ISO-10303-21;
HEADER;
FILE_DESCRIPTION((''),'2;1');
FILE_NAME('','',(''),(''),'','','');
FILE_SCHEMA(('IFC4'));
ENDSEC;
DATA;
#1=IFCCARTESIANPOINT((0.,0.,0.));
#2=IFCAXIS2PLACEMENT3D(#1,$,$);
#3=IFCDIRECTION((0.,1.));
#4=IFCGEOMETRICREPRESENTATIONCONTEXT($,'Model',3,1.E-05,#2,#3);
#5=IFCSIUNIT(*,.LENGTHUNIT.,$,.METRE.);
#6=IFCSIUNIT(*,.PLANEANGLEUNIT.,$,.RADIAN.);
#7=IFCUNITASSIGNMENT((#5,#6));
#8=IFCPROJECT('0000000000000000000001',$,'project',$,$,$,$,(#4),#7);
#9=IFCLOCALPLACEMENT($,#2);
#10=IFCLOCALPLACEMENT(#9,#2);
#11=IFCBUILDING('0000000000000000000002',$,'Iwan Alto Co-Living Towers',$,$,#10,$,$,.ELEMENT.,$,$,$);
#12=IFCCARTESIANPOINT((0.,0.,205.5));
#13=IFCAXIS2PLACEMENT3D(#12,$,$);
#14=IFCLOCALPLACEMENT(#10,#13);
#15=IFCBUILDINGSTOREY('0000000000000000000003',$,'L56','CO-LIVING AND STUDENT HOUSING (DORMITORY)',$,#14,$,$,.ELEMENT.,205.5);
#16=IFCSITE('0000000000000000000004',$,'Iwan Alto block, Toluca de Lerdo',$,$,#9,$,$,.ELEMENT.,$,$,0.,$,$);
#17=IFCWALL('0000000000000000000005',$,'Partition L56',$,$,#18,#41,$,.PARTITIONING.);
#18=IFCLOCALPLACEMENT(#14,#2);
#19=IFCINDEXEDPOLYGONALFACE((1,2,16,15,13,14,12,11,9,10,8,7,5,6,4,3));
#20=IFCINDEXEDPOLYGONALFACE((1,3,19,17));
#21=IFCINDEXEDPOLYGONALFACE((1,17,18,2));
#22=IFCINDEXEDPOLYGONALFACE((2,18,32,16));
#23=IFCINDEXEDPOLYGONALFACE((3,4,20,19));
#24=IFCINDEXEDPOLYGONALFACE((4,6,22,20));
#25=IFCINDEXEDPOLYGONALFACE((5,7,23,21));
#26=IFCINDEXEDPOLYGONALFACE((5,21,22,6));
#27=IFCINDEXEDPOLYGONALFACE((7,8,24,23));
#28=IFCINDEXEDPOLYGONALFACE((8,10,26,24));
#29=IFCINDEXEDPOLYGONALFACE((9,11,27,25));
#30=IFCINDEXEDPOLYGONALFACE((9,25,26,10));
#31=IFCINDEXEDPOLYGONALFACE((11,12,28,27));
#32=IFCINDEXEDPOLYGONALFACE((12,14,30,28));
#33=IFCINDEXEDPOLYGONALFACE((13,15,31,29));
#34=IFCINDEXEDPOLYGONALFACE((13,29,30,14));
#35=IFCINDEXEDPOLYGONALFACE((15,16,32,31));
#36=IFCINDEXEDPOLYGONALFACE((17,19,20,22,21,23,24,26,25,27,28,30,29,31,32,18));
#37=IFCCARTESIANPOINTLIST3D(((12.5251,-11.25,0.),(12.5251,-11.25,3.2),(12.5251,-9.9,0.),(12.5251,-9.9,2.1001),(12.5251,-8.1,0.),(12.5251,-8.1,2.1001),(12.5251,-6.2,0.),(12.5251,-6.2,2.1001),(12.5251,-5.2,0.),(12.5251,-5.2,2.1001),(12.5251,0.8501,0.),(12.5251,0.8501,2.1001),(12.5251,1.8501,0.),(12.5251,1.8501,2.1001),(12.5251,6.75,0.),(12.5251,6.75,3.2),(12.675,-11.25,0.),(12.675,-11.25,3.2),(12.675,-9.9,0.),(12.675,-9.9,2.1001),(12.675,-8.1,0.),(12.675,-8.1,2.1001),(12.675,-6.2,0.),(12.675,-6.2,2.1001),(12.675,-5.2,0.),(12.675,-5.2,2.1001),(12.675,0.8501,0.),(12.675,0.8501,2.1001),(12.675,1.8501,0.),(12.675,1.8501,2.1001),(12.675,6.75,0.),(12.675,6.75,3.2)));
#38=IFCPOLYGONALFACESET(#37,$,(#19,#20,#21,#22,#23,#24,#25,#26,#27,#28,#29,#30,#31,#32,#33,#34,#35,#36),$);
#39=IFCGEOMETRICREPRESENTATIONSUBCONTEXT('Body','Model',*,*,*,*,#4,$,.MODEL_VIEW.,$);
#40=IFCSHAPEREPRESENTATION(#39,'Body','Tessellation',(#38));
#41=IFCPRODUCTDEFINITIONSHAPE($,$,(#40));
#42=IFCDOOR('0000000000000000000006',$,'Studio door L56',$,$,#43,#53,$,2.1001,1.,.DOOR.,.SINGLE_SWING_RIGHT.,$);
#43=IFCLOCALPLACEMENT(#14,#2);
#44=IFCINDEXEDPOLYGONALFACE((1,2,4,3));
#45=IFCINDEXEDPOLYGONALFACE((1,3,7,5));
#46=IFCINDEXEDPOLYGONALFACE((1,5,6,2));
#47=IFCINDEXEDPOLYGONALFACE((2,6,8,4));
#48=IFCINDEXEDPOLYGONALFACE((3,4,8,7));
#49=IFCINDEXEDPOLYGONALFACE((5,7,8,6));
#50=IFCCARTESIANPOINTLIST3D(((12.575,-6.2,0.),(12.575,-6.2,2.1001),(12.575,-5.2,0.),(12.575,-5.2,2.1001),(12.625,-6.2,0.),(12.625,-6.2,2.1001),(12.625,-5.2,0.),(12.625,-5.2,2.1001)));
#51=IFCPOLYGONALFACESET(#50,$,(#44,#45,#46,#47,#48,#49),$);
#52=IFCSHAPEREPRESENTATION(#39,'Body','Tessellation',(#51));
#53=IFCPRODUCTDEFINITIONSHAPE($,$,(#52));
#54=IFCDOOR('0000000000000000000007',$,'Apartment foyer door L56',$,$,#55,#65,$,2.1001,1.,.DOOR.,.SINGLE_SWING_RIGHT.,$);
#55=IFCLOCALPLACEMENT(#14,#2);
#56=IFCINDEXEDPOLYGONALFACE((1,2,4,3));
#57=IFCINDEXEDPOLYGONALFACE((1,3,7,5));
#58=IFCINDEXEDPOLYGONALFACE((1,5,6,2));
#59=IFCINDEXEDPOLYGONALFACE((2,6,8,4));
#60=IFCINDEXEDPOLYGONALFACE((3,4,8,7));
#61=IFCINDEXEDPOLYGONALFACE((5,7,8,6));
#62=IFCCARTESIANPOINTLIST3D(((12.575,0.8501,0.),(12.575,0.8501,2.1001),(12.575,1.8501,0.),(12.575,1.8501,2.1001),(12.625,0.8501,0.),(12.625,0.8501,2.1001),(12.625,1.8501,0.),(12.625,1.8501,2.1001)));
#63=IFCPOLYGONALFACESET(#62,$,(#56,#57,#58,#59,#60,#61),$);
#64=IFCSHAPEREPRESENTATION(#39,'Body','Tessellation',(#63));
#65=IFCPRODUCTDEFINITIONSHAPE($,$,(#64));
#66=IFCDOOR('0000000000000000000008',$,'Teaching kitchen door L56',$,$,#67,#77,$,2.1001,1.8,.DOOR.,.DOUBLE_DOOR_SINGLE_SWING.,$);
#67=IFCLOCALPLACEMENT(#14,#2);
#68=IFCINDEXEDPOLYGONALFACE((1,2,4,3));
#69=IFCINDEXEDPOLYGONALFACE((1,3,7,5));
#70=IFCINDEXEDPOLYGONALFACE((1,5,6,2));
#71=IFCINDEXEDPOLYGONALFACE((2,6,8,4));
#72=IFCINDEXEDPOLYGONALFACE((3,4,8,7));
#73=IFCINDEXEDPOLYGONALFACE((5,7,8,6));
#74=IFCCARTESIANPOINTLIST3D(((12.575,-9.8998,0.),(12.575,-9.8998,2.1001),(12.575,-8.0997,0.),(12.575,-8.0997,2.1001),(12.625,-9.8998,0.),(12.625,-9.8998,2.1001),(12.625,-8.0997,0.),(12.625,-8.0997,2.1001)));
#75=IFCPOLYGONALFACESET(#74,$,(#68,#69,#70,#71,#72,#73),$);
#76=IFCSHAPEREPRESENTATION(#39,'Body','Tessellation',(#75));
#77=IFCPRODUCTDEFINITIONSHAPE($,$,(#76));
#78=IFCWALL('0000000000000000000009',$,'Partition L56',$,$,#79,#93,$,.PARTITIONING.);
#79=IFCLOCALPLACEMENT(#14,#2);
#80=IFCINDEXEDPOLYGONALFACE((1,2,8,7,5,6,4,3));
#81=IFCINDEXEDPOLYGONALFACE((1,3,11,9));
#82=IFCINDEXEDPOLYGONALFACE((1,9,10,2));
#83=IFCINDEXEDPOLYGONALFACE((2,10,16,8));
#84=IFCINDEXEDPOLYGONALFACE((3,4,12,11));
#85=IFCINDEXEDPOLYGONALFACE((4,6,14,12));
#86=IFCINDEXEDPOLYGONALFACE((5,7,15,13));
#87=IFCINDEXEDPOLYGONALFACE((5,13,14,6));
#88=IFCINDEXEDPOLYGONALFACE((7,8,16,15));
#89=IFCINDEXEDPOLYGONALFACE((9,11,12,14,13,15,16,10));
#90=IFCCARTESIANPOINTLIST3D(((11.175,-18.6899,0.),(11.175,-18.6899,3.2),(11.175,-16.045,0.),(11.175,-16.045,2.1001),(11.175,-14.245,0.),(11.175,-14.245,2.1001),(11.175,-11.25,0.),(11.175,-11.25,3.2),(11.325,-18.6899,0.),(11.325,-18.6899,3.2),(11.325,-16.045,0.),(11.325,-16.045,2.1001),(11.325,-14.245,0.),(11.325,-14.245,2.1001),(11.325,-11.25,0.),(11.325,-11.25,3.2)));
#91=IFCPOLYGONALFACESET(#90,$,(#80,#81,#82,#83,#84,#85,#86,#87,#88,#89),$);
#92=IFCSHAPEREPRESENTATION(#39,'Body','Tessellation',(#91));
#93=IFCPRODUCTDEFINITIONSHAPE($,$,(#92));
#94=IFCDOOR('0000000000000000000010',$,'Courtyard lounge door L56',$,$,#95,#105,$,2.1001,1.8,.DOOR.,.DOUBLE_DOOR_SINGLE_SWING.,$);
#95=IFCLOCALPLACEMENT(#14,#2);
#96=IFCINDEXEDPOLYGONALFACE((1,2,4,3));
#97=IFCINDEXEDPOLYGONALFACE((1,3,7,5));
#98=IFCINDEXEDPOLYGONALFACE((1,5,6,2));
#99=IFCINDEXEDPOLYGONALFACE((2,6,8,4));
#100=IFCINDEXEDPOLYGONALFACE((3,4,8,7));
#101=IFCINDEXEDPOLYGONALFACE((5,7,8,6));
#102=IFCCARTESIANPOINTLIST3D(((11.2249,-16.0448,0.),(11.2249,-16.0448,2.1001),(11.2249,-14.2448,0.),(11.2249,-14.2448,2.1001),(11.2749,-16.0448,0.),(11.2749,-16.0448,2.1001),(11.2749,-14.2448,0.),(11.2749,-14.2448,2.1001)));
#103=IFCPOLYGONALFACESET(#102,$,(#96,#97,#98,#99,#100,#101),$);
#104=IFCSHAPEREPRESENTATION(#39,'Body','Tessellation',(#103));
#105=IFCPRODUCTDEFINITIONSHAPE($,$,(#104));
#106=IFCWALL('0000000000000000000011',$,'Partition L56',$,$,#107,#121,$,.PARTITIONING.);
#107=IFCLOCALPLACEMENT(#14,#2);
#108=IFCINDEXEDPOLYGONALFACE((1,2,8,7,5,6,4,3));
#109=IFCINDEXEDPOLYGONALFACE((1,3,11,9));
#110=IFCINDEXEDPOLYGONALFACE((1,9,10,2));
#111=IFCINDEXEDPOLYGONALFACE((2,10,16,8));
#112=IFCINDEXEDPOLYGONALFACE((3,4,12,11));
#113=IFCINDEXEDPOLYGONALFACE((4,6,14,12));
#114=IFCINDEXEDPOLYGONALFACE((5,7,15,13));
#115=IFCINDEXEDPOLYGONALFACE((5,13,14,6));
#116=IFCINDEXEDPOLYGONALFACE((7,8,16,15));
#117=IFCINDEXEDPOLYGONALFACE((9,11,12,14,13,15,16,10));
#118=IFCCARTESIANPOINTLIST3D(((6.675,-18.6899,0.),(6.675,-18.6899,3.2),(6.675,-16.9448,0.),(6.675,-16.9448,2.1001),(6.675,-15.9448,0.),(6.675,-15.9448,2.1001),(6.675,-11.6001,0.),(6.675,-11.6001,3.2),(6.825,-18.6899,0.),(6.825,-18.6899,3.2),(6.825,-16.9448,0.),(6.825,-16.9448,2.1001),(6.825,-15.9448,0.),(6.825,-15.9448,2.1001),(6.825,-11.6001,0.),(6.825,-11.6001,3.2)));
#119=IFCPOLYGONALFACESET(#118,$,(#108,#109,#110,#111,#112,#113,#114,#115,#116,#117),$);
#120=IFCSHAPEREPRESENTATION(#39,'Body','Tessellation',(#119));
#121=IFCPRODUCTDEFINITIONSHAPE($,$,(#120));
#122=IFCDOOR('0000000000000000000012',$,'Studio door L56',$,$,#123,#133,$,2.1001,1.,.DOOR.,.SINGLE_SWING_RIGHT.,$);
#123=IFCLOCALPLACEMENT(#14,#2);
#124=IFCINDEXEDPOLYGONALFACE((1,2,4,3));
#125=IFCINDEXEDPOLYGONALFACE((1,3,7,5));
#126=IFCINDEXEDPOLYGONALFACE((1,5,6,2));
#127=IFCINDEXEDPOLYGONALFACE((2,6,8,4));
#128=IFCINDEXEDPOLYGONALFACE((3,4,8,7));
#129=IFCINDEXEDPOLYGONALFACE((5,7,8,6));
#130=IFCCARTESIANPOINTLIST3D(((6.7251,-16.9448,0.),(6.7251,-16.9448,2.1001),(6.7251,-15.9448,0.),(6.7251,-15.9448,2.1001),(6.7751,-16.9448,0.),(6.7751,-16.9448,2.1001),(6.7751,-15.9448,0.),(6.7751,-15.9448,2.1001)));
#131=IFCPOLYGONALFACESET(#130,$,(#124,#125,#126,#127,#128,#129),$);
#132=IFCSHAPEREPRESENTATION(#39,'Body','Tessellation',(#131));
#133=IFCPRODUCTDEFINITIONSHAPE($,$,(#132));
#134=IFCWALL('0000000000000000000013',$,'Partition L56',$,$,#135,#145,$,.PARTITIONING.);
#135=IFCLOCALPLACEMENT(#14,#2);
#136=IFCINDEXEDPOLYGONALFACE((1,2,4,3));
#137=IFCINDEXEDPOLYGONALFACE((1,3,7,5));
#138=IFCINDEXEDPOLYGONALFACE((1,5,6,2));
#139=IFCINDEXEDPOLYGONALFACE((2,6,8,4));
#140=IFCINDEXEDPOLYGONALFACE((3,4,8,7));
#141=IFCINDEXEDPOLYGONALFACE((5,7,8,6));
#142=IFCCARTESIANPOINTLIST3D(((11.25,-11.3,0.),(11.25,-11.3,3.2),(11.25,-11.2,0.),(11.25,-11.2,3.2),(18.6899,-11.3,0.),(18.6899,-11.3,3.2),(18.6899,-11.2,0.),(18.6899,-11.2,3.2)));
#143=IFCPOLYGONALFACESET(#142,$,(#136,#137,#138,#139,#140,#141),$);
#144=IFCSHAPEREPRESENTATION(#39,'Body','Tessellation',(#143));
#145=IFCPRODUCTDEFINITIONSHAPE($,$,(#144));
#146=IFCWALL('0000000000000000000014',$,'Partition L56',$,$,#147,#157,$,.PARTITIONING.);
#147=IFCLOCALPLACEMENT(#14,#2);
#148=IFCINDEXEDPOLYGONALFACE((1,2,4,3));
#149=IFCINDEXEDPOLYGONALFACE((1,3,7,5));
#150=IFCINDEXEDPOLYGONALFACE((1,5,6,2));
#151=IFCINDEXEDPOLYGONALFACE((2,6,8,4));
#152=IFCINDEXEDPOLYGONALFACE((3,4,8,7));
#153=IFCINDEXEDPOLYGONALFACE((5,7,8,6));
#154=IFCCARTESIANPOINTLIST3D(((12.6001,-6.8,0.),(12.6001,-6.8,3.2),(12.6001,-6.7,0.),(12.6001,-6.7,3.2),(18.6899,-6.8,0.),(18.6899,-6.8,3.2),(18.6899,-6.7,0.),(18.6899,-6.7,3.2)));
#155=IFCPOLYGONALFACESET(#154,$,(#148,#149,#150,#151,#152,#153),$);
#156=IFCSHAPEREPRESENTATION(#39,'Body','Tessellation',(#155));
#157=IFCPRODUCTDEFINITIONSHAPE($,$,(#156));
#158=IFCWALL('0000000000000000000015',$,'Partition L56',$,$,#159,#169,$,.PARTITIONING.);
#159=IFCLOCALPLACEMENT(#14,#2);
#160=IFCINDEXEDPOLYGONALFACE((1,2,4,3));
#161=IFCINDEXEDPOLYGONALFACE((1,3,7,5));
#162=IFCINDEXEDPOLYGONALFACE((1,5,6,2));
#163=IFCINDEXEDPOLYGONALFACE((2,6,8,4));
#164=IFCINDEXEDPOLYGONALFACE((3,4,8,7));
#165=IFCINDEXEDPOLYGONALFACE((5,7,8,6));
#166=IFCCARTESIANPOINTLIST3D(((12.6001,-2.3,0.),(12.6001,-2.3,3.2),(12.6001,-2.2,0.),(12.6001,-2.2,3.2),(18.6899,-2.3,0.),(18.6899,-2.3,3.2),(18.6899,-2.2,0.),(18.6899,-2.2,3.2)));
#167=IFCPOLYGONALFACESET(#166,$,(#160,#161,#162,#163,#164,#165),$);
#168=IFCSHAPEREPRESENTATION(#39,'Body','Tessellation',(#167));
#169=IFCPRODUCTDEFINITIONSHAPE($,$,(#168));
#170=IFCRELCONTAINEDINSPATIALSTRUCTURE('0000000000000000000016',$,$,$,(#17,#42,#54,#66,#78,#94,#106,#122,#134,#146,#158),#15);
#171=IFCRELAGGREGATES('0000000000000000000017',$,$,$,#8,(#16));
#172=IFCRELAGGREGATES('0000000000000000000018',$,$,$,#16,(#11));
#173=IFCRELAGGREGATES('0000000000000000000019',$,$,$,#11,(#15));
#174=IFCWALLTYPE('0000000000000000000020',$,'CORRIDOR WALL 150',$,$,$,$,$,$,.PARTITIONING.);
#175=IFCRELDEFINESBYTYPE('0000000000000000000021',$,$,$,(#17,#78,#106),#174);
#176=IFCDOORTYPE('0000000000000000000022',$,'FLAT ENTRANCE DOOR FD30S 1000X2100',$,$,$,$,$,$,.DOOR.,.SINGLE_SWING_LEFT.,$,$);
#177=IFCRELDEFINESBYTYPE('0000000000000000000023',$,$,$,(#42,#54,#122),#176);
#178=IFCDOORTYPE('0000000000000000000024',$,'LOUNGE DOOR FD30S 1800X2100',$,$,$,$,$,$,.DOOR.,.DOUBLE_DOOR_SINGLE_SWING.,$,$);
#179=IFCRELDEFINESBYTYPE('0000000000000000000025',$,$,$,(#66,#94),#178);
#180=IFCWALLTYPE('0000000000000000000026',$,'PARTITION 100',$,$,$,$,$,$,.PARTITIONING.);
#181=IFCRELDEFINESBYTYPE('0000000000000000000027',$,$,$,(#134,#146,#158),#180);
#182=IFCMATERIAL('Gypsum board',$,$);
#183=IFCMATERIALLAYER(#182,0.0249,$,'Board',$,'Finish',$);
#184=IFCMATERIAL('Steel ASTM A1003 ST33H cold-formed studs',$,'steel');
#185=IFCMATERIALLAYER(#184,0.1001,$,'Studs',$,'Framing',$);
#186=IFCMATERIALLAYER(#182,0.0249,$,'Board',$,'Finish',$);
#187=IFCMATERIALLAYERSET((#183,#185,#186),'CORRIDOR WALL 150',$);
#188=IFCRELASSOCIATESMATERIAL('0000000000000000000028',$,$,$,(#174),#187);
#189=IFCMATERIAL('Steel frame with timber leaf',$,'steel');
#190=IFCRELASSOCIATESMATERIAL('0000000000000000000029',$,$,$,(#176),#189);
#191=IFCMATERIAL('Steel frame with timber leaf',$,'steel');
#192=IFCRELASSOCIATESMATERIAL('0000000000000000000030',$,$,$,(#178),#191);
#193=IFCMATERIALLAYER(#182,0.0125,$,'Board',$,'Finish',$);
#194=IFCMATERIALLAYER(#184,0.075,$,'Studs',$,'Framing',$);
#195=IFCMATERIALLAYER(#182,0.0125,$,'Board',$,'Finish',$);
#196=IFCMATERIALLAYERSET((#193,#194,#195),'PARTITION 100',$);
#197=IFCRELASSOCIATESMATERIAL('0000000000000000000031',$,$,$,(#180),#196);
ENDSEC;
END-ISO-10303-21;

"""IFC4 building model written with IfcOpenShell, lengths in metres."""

from ifc_helpers import new_model, si_unit, direction, frame, frame_2d, origin, place, context, subcontext, project, spatial, rectangle, extrude, material, layer, layer_set, type_object, element, fill, save


model = new_model("IFC4")

# Units and contexts
model_context = context("Model", 3, precision=1e-05, world=origin(), true_north=direction((0.0, 1.0)))
body_context = subcontext(model_context, "Body", "Model", "MODEL_VIEW")
ifc_project = project(units=[si_unit("LENGTHUNIT", "METRE"), si_unit("PLANEANGLEUNIT", "RADIAN")], contexts=[model_context])

# Site, building, storey
site_placement = place(None, origin())
site = spatial("IfcSite", under=ifc_project, at=site_placement, Name="Iwan Alto block, Toluca de Lerdo", CompositionType="ELEMENT", RefElevation=0.0)
building_placement = place(site_placement, origin())
building = spatial("IfcBuilding", under=site, at=building_placement, Name="Iwan Alto Co-Living Towers", CompositionType="ELEMENT")
storey_placement = place(building_placement, frame((0.0, 0.0, 205.5)))
storey = spatial("IfcBuildingStorey", under=building, at=storey_placement, Name="L56", Description="CO-LIVING AND STUDENT HOUSING (DORMITORY)", CompositionType="ELEMENT", Elevation=205.5)

# Wall, openings, doors
ifc_material_1 = material(Name="Gypsum board")
ifc_layer_1 = layer(ifc_material_1, 0.0249, Name="Board", Category="Finish")
ifc_material_2 = material(Name="Steel ASTM A1003 ST33H cold-formed studs", Category="steel")
ifc_layer_2 = layer(ifc_material_2, 0.1001, Name="Studs", Category="Framing")
ifc_layer_3 = layer(ifc_material_1, 0.0249, Name="Board", Category="Finish")
ifc_layer_set_1 = layer_set([ifc_layer_1, ifc_layer_2, ifc_layer_3], Name="CORRIDOR WALL 150")
wall_type_1 = type_object("IfcWallType", Name="CORRIDOR WALL 150", PredefinedType="PARTITIONING", material=ifc_layer_set_1)
wall_1_placement = place(storey_placement, frame((12.6001, -11.25, 0.0), z_axis=(0.0, 0.0, 1.0), x_axis=(0.0, 1.0, 0.0)))
wall_1 = element("IfcWall", 1, at=wall_1_placement, inside=storey, type_object=wall_type_1, Name="Partition L56", PredefinedType="PARTITIONING", context=body_context, shape_type="SweptSolid", body=[
    extrude(rectangle(XDim=18.0, YDim=0.1499, at=frame_2d((9.0, 0.0))), origin(), (0.0, 0.0, 1.0), 3.2),
])
opening_1_placement = place(wall_1_placement, frame((1.3501, 0.0, 0.0)))
opening_1 = element("IfcOpeningElement", 2, at=opening_1_placement, cuts=wall_1, PredefinedType="OPENING", context=body_context, shape_type="SweptSolid", body=[
    extrude(rectangle(XDim=1.8, YDim=2.1001, at=frame_2d((0.8999, 1.05))), frame((0.0, 0.085, 0.0), z_axis=(0.0, -1.0, 0.0), x_axis=(1.0, 0.0, 0.0)), (0.0, 0.0, 1.0), 0.1699),
])
opening_2_placement = place(wall_1_placement, frame((5.05, 0.0, 0.0)))
opening_2 = element("IfcOpeningElement", 3, at=opening_2_placement, cuts=wall_1, PredefinedType="OPENING", context=body_context, shape_type="SweptSolid", body=[
    extrude(rectangle(XDim=1.0, YDim=2.1001, at=frame_2d((0.5, 1.05))), frame((0.0, 0.085, 0.0), z_axis=(0.0, -1.0, 0.0), x_axis=(1.0, 0.0, 0.0)), (0.0, 0.0, 1.0), 0.1699),
])
opening_3_placement = place(wall_1_placement, frame((12.1001, 0.0, 0.0)))
opening_3 = element("IfcOpeningElement", 4, at=opening_3_placement, cuts=wall_1, PredefinedType="OPENING", context=body_context, shape_type="SweptSolid", body=[
    extrude(rectangle(XDim=1.0, YDim=2.1001, at=frame_2d((0.5, 1.05))), frame((0.0, 0.085, 0.0), z_axis=(0.0, -1.0, 0.0), x_axis=(1.0, 0.0, 0.0)), (0.0, 0.0, 1.0), 0.1699),
])
ifc_material_3 = material(Name="Steel frame with timber leaf", Category="steel")
door_type_1 = type_object("IfcDoorType", Name="FLAT ENTRANCE DOOR FD30S 1000X2100", OperationType="SINGLE_SWING_LEFT", PredefinedType="DOOR", material=ifc_material_3)
door_1_placement = place(opening_2_placement, frame((1.0, 0.0, 0.0), z_axis=(0.0, 0.0, 1.0), x_axis=(-1.0, 0.0, 0.0)))
door_1 = element("IfcDoor", 5, at=door_1_placement, inside=storey, type_object=door_type_1, Name="Studio door L56", OperationType="SINGLE_SWING_RIGHT", OverallHeight=2.1001, OverallWidth=1.0, PredefinedType="DOOR", context=body_context, shape_type="SweptSolid", body=[
    extrude(rectangle(XDim=1.0, YDim=2.1001, at=frame_2d((0.5, 1.05))), frame((0.0, 0.0249, 0.0), z_axis=(0.0, -1.0, 0.0), x_axis=(1.0, 0.0, 0.0)), (0.0, 0.0, 1.0), 0.05),
])
fill(opening_2, door_1)
door_2_placement = place(opening_3_placement, frame((1.0, 0.0, 0.0), z_axis=(0.0, 0.0, 1.0), x_axis=(-1.0, 0.0, 0.0)))
door_2 = element("IfcDoor", 6, at=door_2_placement, inside=storey, type_object=door_type_1, Name="Apartment foyer door L56", OperationType="SINGLE_SWING_RIGHT", OverallHeight=2.1001, OverallWidth=1.0, PredefinedType="DOOR", context=body_context, shape_type="SweptSolid", body=[
    extrude(rectangle(XDim=1.0, YDim=2.1001, at=frame_2d((0.5, 1.05))), frame((0.0, 0.0249, 0.0), z_axis=(0.0, -1.0, 0.0), x_axis=(1.0, 0.0, 0.0)), (0.0, 0.0, 1.0), 0.05),
])
fill(opening_3, door_2)
ifc_material_4 = material(Name="Steel frame with timber leaf", Category="steel")
door_type_2 = type_object("IfcDoorType", Name="LOUNGE DOOR FD30S 1800X2100", OperationType="DOUBLE_DOOR_SINGLE_SWING", PredefinedType="DOOR", material=ifc_material_4)
door_3_placement = place(opening_1_placement, frame((1.8, 0.0, 0.0), z_axis=(0.0, 0.0, 1.0), x_axis=(-1.0, 0.0, 0.0)))
door_3 = element("IfcDoor", 7, at=door_3_placement, inside=storey, type_object=door_type_2, Name="Teaching kitchen door L56", OperationType="DOUBLE_DOOR_SINGLE_SWING", OverallHeight=2.1001, OverallWidth=1.8, PredefinedType="DOOR", context=body_context, shape_type="SweptSolid", body=[
    extrude(rectangle(XDim=1.8, YDim=2.1001, at=frame_2d((0.8999, 1.05))), frame((0.0, 0.0249, 0.0), z_axis=(0.0, -1.0, 0.0), x_axis=(1.0, 0.0, 0.0)), (0.0, 0.0, 1.0), 0.05),
])
fill(opening_1, door_3)

# Walls, openings, doors
wall_2_placement = place(storey_placement, frame((11.25, -18.6899, 0.0), z_axis=(0.0, 0.0, 1.0), x_axis=(0.0, 1.0, 0.0)))
wall_2 = element("IfcWall", 8, at=wall_2_placement, inside=storey, type_object=wall_type_1, Name="Partition L56", PredefinedType="PARTITIONING", context=body_context, shape_type="SweptSolid", body=[
    extrude(rectangle(XDim=7.4399, YDim=0.1499, at=frame_2d((3.72, 0.0))), origin(), (0.0, 0.0, 1.0), 3.2),
])
opening_4_placement = place(wall_2_placement, frame((2.645, 0.0, 0.0)))
opening_4 = element("IfcOpeningElement", 9, at=opening_4_placement, cuts=wall_2, PredefinedType="OPENING", context=body_context, shape_type="SweptSolid", body=[
    extrude(rectangle(XDim=1.8, YDim=2.1001, at=frame_2d((0.8999, 1.05))), frame((0.0, 0.085, 0.0), z_axis=(0.0, -1.0, 0.0), x_axis=(1.0, 0.0, 0.0)), (0.0, 0.0, 1.0), 0.1699),
])
door_4_placement = place(opening_4_placement, frame((1.8, 0.0, 0.0), z_axis=(0.0, 0.0, 1.0), x_axis=(-1.0, 0.0, 0.0)))
door_4 = element("IfcDoor", 10, at=door_4_placement, inside=storey, type_object=door_type_2, Name="Courtyard lounge door L56", OperationType="DOUBLE_DOOR_SINGLE_SWING", OverallHeight=2.1001, OverallWidth=1.8, PredefinedType="DOOR", context=body_context, shape_type="SweptSolid", body=[
    extrude(rectangle(XDim=1.8, YDim=2.1001, at=frame_2d((0.8999, 1.05))), frame((0.0, 0.0249, 0.0), z_axis=(0.0, -1.0, 0.0), x_axis=(1.0, 0.0, 0.0)), (0.0, 0.0, 1.0), 0.05),
])
fill(opening_4, door_4)
wall_3_placement = place(storey_placement, frame((6.75, -18.6899, 0.0), z_axis=(0.0, 0.0, 1.0), x_axis=(0.0, 1.0, 0.0)))
wall_3 = element("IfcWall", 11, at=wall_3_placement, inside=storey, type_object=wall_type_1, Name="Partition L56", PredefinedType="PARTITIONING", context=body_context, shape_type="SweptSolid", body=[
    extrude(rectangle(XDim=7.0898, YDim=0.1499, at=frame_2d((3.5449, 0.0))), origin(), (0.0, 0.0, 1.0), 3.2),
])
opening_5_placement = place(wall_3_placement, frame((1.7451, 0.0, 0.0)))
opening_5 = element("IfcOpeningElement", 12, at=opening_5_placement, cuts=wall_3, PredefinedType="OPENING", context=body_context, shape_type="SweptSolid", body=[
    extrude(rectangle(XDim=1.0, YDim=2.1001, at=frame_2d((0.5, 1.05))), frame((0.0, 0.085, 0.0), z_axis=(0.0, -1.0, 0.0), x_axis=(1.0, 0.0, 0.0)), (0.0, 0.0, 1.0), 0.1699),
])
door_5_placement = place(opening_5_placement, origin())
door_5 = element("IfcDoor", 13, at=door_5_placement, inside=storey, type_object=door_type_1, Name="Studio door L56", OperationType="SINGLE_SWING_RIGHT", OverallHeight=2.1001, OverallWidth=1.0, PredefinedType="DOOR", context=body_context, shape_type="SweptSolid", body=[
    extrude(rectangle(XDim=1.0, YDim=2.1001, at=frame_2d((0.5, 1.05))), frame((0.0, 0.0249, 0.0), z_axis=(0.0, -1.0, 0.0), x_axis=(1.0, 0.0, 0.0)), (0.0, 0.0, 1.0), 0.05),
])
fill(opening_5, door_5)

# Walls
ifc_layer_4 = layer(ifc_material_1, 0.0125, Name="Board", Category="Finish")
ifc_layer_5 = layer(ifc_material_2, 0.075, Name="Studs", Category="Framing")
ifc_layer_6 = layer(ifc_material_1, 0.0125, Name="Board", Category="Finish")
ifc_layer_set_2 = layer_set([ifc_layer_4, ifc_layer_5, ifc_layer_6], Name="PARTITION 100")
wall_type_2 = type_object("IfcWallType", Name="PARTITION 100", PredefinedType="PARTITIONING", material=ifc_layer_set_2)
wall_4_placement = place(storey_placement, frame((11.25, -11.25, 0.0), z_axis=(0.0, 0.0, 1.0), x_axis=(1.0, 0.0, 0.0)))
element("IfcWall", 14, at=wall_4_placement, inside=storey, type_object=wall_type_2, Name="Partition L56", PredefinedType="PARTITIONING", context=body_context, shape_type="SweptSolid", body=[
    extrude(rectangle(XDim=7.4399, YDim=0.1001, at=frame_2d((3.72, 0.0))), origin(), (0.0, 0.0, 1.0), 3.2),
])
for number, where, z_axis, x_axis, name in (
    (15, (12.6001, -6.75, 0.0), (0.0, 0.0, 1.0), (1.0, 0.0, 0.0), "Partition L56"),
    (16, (12.6001, -2.25, 0.0), (0.0, 0.0, 1.0), (1.0, 0.0, 0.0), "Partition L56"),
):
    element("IfcWall", number, at=place(storey_placement, frame(where, z_axis=z_axis, x_axis=x_axis)), inside=storey, type_object=wall_type_2, Name=name, PredefinedType="PARTITIONING", context=body_context, shape_type="SweptSolid", body=[
        extrude(rectangle(XDim=6.0898, YDim=0.1001, at=frame_2d((3.0449, 0.0))), origin(), (0.0, 0.0, 1.0), 3.2),
    ])

save(model, "model.ifc")
